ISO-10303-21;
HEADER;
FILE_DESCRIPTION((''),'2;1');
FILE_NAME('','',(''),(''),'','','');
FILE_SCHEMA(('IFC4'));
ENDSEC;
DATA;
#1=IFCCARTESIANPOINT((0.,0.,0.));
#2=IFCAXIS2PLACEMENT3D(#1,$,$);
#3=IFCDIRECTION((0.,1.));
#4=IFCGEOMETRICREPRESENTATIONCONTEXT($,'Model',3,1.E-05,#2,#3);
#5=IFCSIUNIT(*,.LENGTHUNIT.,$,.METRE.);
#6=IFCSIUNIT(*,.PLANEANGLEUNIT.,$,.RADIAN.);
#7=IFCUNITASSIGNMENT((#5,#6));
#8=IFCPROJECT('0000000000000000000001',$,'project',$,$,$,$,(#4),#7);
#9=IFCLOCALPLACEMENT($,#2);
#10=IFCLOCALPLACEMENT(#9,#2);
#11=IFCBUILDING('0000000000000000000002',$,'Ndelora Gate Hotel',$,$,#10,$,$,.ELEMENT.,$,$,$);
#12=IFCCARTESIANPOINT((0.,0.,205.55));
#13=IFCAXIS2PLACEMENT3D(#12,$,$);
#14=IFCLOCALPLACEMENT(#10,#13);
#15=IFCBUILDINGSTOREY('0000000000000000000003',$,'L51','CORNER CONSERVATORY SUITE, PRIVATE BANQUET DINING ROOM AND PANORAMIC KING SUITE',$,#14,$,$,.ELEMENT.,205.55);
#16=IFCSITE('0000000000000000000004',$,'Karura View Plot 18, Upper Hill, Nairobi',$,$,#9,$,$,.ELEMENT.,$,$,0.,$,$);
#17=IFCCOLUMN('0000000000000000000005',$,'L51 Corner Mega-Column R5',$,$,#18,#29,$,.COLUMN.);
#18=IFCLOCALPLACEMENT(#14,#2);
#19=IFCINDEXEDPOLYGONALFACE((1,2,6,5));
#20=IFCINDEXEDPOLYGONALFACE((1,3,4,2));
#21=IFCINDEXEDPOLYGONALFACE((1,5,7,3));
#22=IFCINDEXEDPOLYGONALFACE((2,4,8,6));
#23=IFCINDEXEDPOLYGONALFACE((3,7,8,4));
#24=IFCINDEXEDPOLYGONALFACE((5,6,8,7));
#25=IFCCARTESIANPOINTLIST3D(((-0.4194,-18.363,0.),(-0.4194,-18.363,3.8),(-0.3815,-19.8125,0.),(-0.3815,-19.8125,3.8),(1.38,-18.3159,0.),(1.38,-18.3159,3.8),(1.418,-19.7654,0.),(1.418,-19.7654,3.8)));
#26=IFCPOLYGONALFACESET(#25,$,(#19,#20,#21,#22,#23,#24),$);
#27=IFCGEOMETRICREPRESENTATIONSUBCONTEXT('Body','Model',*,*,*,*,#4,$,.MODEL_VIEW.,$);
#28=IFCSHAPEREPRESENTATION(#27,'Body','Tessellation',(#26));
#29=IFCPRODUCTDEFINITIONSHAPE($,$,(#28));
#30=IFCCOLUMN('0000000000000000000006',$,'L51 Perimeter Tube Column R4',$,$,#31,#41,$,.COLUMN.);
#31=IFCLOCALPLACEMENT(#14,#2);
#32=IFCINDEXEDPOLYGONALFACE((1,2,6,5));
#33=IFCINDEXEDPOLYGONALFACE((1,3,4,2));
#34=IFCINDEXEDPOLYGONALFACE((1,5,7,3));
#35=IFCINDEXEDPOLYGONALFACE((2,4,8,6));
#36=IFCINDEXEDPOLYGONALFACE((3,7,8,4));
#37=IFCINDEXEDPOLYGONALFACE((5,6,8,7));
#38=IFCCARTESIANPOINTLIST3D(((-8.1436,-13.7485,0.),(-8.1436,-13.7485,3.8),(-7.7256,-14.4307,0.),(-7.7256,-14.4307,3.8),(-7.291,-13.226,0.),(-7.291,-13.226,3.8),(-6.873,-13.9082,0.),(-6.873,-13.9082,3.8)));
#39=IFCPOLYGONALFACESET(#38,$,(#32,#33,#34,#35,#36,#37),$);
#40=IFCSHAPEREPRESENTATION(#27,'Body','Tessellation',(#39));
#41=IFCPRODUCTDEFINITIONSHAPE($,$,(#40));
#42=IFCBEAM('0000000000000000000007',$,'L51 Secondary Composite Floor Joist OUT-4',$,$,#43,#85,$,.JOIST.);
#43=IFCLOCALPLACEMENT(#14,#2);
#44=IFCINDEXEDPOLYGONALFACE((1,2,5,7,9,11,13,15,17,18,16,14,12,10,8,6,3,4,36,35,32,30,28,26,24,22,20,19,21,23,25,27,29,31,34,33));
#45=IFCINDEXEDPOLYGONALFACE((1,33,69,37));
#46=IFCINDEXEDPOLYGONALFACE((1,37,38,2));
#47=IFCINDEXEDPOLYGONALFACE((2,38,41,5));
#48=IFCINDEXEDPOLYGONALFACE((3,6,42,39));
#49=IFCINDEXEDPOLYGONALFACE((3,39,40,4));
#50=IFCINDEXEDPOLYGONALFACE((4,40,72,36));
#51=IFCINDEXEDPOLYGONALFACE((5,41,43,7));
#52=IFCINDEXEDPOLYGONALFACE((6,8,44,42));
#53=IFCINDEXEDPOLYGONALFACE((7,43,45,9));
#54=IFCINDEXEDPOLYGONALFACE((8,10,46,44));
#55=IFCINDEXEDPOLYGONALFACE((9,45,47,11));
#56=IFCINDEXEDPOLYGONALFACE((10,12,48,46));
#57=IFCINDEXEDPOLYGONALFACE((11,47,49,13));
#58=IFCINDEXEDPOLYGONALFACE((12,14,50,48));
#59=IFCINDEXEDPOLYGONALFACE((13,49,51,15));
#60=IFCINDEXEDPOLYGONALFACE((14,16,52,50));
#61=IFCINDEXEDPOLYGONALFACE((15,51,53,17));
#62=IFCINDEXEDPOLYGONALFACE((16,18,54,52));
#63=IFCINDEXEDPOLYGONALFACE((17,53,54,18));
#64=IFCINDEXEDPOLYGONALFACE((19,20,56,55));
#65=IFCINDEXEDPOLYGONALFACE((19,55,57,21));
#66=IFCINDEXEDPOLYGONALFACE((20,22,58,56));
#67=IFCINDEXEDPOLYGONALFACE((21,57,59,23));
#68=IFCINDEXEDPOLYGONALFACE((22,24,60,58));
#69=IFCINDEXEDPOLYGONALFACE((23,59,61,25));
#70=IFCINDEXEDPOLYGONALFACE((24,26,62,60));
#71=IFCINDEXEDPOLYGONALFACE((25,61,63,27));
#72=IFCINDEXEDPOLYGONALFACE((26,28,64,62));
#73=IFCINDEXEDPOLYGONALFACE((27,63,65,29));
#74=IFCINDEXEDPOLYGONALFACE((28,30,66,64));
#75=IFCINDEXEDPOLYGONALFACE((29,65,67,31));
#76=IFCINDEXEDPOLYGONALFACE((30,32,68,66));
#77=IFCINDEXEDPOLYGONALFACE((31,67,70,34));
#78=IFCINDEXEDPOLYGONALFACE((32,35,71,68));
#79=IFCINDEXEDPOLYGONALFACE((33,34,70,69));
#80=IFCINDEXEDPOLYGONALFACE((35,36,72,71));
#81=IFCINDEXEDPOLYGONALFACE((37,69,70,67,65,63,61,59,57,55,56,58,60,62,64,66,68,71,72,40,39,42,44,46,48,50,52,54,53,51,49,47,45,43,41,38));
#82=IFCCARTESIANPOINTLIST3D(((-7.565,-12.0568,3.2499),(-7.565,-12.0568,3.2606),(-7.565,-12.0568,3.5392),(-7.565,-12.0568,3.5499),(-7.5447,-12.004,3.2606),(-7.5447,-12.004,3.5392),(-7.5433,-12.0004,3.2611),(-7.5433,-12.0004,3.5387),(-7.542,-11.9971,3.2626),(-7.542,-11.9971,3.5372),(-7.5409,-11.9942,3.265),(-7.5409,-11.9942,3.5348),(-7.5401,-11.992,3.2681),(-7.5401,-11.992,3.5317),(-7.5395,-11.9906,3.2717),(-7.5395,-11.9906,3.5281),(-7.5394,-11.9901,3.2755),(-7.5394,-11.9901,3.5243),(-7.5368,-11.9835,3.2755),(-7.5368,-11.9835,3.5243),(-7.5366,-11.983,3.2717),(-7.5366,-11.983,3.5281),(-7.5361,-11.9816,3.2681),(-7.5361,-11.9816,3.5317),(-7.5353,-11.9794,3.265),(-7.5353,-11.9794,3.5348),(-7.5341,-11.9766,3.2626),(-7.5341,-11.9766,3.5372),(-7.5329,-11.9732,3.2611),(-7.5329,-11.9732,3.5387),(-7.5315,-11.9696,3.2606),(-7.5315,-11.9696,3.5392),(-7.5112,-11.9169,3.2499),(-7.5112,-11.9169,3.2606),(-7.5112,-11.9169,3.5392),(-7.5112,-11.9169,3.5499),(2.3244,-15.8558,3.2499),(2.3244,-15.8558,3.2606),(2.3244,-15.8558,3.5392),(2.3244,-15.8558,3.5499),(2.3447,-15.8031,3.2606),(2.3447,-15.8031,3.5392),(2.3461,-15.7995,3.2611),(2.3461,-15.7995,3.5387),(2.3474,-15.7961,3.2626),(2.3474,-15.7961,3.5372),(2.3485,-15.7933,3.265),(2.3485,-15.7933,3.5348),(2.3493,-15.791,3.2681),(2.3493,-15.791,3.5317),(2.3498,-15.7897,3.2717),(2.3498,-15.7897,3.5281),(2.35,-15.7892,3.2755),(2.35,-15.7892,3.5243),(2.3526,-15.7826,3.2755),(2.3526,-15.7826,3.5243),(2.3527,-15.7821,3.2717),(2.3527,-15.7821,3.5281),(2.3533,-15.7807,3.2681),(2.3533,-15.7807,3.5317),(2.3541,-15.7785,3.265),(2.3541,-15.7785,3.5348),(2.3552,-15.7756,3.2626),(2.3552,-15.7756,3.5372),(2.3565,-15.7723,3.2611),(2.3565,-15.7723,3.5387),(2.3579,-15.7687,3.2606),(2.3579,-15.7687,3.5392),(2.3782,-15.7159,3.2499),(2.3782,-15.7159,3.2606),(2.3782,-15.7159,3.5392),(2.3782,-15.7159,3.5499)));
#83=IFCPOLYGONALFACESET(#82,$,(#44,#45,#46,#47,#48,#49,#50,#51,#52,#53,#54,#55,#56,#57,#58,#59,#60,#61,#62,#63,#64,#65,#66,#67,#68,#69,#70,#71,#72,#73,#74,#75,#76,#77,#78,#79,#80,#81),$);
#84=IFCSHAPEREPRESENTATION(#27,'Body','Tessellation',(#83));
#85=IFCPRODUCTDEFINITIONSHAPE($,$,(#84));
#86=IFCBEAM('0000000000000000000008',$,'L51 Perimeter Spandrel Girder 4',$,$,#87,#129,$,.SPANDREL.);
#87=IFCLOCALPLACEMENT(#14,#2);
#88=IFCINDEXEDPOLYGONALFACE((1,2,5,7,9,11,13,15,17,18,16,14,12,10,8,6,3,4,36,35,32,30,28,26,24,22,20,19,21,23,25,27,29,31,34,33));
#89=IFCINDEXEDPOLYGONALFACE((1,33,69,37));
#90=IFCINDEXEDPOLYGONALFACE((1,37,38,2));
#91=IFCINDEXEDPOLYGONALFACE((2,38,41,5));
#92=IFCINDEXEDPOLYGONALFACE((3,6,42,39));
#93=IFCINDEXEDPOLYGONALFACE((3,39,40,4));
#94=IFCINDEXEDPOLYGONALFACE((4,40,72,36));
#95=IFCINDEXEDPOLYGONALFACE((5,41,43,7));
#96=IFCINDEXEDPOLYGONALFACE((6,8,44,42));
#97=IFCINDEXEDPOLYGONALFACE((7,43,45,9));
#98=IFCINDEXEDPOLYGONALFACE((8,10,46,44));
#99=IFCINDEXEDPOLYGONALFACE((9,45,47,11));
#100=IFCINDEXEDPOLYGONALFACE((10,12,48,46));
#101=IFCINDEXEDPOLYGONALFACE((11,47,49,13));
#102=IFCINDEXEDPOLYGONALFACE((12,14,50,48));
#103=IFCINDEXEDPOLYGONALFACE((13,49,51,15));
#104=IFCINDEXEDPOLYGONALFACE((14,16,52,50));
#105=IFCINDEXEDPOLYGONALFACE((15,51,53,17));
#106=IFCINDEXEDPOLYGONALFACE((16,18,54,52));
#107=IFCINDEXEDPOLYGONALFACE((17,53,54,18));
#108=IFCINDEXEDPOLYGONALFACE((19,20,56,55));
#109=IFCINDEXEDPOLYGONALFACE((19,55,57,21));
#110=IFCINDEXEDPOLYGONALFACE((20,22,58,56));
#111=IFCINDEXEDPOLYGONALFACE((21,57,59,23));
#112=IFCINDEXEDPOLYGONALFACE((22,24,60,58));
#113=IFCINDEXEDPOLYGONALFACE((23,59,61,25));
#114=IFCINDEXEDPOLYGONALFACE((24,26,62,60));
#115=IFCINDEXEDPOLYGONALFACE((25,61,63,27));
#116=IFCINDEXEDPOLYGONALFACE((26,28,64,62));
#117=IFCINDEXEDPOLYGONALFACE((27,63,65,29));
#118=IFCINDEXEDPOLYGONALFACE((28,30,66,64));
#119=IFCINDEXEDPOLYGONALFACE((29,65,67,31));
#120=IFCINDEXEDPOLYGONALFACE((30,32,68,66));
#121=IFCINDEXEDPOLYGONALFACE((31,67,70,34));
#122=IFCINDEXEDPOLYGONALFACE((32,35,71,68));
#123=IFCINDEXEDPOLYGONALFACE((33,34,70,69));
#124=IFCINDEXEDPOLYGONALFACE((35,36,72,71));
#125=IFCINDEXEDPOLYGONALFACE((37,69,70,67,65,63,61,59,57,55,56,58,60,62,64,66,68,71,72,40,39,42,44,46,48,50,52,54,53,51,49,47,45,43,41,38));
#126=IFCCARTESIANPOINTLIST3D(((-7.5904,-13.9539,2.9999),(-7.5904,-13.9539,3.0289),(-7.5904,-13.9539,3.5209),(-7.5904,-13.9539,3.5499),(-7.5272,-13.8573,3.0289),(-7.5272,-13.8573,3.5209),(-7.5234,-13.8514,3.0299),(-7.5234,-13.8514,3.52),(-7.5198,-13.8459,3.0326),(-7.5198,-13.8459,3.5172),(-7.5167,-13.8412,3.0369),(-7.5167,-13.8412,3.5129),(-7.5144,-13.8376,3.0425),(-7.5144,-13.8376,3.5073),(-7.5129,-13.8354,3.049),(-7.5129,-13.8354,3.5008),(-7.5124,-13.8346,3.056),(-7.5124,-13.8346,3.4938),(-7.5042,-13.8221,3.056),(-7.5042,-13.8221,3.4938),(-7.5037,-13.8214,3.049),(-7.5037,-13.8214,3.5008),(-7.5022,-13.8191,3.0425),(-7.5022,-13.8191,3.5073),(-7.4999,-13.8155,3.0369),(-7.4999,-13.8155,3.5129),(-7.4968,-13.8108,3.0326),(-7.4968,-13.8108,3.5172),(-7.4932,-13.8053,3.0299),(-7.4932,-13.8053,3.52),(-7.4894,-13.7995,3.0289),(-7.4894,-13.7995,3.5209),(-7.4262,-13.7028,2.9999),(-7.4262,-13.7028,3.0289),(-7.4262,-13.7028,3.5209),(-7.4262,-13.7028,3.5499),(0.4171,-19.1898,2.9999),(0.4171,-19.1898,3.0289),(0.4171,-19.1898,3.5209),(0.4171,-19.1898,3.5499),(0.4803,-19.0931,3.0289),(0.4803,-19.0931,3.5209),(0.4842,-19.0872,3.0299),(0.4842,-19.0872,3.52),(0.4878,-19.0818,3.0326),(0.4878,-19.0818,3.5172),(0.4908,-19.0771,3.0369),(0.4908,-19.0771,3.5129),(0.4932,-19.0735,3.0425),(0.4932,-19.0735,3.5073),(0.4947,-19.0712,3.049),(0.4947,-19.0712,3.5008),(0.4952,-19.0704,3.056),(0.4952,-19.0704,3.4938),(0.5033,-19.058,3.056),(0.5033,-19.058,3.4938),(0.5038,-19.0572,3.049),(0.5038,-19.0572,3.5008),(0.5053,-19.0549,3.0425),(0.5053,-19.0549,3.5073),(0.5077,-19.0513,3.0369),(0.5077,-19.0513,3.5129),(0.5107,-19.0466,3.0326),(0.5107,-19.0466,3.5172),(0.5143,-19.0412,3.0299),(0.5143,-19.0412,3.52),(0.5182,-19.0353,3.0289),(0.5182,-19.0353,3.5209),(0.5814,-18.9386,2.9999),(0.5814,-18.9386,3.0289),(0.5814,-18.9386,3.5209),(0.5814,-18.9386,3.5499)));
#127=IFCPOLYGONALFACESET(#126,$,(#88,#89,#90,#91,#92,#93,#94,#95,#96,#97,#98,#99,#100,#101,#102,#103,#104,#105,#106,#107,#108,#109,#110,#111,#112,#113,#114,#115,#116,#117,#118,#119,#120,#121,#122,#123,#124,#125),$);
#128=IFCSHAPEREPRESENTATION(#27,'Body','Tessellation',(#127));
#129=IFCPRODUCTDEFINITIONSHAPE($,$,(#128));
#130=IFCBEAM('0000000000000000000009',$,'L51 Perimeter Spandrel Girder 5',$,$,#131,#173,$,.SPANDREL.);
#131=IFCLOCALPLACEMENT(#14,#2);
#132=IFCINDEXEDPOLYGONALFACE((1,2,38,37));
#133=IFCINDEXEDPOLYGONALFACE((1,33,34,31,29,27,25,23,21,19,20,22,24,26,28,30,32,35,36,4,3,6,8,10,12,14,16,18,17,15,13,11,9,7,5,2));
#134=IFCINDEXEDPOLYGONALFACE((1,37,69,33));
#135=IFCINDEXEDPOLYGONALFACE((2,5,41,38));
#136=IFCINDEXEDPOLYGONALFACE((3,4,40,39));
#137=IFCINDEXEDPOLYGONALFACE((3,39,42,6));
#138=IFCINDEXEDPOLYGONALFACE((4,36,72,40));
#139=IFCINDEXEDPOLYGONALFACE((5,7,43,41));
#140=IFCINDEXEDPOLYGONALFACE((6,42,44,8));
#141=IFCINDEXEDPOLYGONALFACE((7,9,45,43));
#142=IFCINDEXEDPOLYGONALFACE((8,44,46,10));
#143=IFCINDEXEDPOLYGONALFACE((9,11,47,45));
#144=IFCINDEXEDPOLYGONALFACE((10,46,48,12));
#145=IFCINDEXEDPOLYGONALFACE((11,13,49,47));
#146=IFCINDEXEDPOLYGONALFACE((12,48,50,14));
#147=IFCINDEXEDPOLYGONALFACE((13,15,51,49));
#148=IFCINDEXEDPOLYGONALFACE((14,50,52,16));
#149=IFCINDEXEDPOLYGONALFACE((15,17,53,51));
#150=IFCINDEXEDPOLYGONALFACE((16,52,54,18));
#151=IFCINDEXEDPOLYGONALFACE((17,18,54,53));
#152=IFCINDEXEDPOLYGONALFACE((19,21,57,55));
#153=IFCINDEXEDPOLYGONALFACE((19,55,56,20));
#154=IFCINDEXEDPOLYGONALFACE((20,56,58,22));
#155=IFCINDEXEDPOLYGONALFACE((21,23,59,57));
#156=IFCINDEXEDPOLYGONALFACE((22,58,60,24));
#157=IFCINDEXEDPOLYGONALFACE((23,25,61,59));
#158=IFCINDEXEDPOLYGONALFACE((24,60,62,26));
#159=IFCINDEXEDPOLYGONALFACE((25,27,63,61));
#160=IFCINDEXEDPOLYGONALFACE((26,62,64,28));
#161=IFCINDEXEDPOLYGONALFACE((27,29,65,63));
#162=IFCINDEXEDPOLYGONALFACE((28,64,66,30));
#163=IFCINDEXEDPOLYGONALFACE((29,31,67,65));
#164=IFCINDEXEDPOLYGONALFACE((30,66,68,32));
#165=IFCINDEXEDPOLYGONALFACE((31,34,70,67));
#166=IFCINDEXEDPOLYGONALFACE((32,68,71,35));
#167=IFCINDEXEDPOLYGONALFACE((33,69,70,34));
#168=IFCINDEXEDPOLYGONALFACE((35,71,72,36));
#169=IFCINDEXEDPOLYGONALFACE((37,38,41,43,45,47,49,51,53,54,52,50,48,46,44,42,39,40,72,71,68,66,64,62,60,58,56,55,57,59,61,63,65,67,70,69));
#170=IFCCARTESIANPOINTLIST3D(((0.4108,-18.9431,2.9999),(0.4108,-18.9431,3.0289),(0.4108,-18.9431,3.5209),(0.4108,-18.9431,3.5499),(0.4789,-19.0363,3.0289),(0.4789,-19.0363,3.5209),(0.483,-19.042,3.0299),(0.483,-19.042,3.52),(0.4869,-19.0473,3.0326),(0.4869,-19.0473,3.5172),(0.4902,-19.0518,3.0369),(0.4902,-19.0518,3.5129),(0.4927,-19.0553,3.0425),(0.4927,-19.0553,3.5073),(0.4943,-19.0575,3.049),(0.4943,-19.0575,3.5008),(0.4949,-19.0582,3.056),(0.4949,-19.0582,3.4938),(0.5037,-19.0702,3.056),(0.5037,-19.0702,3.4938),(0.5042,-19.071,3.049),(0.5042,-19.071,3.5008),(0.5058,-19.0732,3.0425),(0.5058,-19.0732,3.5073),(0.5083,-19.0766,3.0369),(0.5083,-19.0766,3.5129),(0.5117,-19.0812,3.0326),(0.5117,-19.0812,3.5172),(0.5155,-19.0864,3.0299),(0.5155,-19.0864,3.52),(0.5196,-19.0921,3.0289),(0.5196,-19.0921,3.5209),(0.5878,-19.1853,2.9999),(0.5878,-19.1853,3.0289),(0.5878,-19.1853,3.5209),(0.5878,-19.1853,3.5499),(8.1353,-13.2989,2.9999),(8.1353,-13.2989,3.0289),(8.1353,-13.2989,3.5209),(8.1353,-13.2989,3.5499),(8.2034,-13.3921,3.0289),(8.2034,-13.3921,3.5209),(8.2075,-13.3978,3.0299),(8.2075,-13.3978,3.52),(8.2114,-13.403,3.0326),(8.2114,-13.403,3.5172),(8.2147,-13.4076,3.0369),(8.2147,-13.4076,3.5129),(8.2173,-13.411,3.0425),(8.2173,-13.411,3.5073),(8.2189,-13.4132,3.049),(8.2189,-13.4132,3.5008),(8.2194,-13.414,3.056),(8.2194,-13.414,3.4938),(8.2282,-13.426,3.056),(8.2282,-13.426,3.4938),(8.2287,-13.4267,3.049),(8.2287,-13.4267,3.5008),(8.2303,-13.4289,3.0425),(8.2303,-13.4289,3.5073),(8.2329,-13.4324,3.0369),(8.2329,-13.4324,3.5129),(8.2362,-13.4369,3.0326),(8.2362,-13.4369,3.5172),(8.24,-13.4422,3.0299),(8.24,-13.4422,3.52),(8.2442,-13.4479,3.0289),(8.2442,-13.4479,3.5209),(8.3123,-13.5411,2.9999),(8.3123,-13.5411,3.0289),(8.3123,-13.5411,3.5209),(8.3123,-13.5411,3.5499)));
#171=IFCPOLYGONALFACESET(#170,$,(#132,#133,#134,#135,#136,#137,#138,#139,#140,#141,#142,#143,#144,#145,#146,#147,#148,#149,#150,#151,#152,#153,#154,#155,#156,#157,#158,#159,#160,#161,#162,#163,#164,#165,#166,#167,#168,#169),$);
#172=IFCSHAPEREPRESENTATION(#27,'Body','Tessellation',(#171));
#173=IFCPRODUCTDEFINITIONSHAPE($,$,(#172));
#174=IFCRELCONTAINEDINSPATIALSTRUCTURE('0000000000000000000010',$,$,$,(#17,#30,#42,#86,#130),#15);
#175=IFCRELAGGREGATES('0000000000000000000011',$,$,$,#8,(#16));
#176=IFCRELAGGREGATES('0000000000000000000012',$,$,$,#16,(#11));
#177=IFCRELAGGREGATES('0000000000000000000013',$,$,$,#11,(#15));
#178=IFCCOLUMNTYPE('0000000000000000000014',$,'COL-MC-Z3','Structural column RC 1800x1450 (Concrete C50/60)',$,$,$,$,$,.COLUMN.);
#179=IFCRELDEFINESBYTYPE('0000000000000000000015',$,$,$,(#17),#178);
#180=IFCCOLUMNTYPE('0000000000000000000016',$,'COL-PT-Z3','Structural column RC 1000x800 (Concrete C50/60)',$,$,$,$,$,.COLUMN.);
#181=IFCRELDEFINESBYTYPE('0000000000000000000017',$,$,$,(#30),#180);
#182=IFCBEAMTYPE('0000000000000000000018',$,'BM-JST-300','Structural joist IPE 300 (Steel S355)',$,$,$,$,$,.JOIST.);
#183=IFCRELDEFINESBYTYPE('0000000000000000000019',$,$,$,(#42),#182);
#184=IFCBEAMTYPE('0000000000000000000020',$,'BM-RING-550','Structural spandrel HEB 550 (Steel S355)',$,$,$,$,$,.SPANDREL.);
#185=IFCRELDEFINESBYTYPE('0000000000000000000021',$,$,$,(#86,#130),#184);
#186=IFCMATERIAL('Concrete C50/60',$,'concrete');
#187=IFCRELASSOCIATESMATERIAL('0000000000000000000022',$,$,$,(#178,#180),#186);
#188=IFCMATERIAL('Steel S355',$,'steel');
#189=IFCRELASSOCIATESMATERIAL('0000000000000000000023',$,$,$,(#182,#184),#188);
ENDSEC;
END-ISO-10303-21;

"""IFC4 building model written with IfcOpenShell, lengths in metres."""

from ifc_helpers import new_model, si_unit, direction, frame, origin, origin_2d, place, context, subcontext, project, spatial, rectangle, i_section, extrude, material, material_profile, profile_set, type_object, element, save


model = new_model("IFC4")

# Units and contexts
model_context = context("Model", 3, precision=1e-05, world=origin(), true_north=direction((0.0, 1.0)))
body_context = subcontext(model_context, "Body", "Model", "MODEL_VIEW")
ifc_project = project(units=[si_unit("LENGTHUNIT", "METRE"), si_unit("PLANEANGLEUNIT", "RADIAN")], contexts=[model_context])

# Site, building, storey
site_placement = place(None, origin())
site = spatial("IfcSite", under=ifc_project, at=site_placement, Name="Karura View Plot 18, Upper Hill, Nairobi", CompositionType="ELEMENT", RefElevation=0.0)
building_placement = place(site_placement, origin())
building = spatial("IfcBuilding", under=site, at=building_placement, Name="Ndelora Gate Hotel", CompositionType="ELEMENT")
storey_placement = place(building_placement, frame((0.0, 0.0, 205.55)))
storey = spatial("IfcBuildingStorey", under=building, at=storey_placement, Name="L51", Description="CORNER CONSERVATORY SUITE, PRIVATE BANQUET DINING ROOM AND PANORAMIC KING SUITE", CompositionType="ELEMENT", Elevation=205.55)

# Columns
ifc_material_1 = material(Name="Concrete C50/60", Category="concrete")
ifc_material_profile_1 = material_profile(ifc_material_1, rectangle(XDim=1.45, YDim=1.8, at=origin_2d()), Name="RC 1800x1450")
ifc_profile_set_1 = profile_set([ifc_material_profile_1], Name="Concrete C50/60")
column_type_1 = type_object("IfcColumnType", Name="COL-MC-Z3", Description="Structural column RC 1800x1450 (Concrete C50/60)", PredefinedType="COLUMN", material=ifc_profile_set_1)
column_1_placement = place(storey_placement, frame((0.4993, -19.0642, 0.0), z_axis=(0.0, 0.0, 1.0), x_axis=(-0.026177, 0.999657, 0.0)))
element("IfcColumn", 1, at=column_1_placement, inside=storey, type_object=column_type_1, Name="L51 Corner Mega-Column R5", PredefinedType="COLUMN", context=body_context, shape_type="SweptSolid", body=[
    extrude(rectangle(XDim=1.45, YDim=1.8, at=origin_2d()), origin(), (0.0, 0.0, 1.0), 3.8),
])
ifc_material_profile_2 = material_profile(ifc_material_1, rectangle(XDim=0.8, YDim=1.0, at=origin_2d()), Name="RC 1000x800")
ifc_profile_set_2 = profile_set([ifc_material_profile_2], Name="Concrete C50/60")
column_type_2 = type_object("IfcColumnType", Name="COL-PT-Z3", Description="Structural column RC 1000x800 (Concrete C50/60)", PredefinedType="COLUMN", material=ifc_profile_set_2)
column_2_placement = place(storey_placement, frame((-7.5083, -13.8284, 0.0), z_axis=(0.0, 0.0, 1.0), x_axis=(-0.522499, 0.85264, 0.0)))
element("IfcColumn", 2, at=column_2_placement, inside=storey, type_object=column_type_2, Name="L51 Perimeter Tube Column R4", PredefinedType="COLUMN", context=body_context, shape_type="SweptSolid", body=[
    extrude(rectangle(XDim=0.8, YDim=1.0, at=origin_2d()), origin(), (0.0, 0.0, 1.0), 3.8),
])

# Beams
ifc_material_2 = material(Name="Steel S355", Category="steel")
ifc_material_profile_3 = material_profile(ifc_material_2, i_section(OverallWidth=0.1499, OverallDepth=0.3, WebThickness=0.0071, FlangeThickness=0.0107, FilletRadius=0.0149, at=origin_2d()), Name="IPE 300")
ifc_profile_set_3 = profile_set([ifc_material_profile_3], Name="Steel S355")
beam_type_1 = type_object("IfcBeamType", Name="BM-JST-300", Description="Structural joist IPE 300 (Steel S355)", PredefinedType="JOIST", material=ifc_profile_set_3)
beam_1_placement = place(storey_placement, frame((-7.5381, -11.9868, 3.3999), z_axis=(0.933489, -0.358605, 0.0), x_axis=(0.358605, 0.933489, 0.0)))
element("IfcBeam", 3, at=beam_1_placement, inside=storey, type_object=beam_type_1, Name="L51 Secondary Composite Floor Joist OUT-4", PredefinedType="JOIST", context=body_context, shape_type="SweptSolid", body=[
    extrude(i_section(OverallWidth=0.1499, OverallDepth=0.3, WebThickness=0.0071, FlangeThickness=0.0107, FilletRadius=0.0149, at=origin_2d()), origin(), (0.0, 0.0, 1.0), 10.594),
])
ifc_material_profile_4 = material_profile(ifc_material_2, i_section(OverallWidth=0.3, OverallDepth=0.55, WebThickness=0.0149, FlangeThickness=0.0291, FilletRadius=0.0271, at=origin_2d()), Name="HEB 550")
ifc_profile_set_4 = profile_set([ifc_material_profile_4], Name="Steel S355")
beam_type_2 = type_object("IfcBeamType", Name="BM-RING-550", Description="Structural spandrel HEB 550 (Steel S355)", PredefinedType="SPANDREL", material=ifc_profile_set_4)
beam_2_placement = place(storey_placement, frame((-7.5083, -13.8284, 3.2749), z_axis=(0.836964, -0.547258, 0.0), x_axis=(0.547258, 0.836964, 0.0)))
element("IfcBeam", 4, at=beam_2_placement, inside=storey, type_object=beam_type_2, Name="L51 Perimeter Spandrel Girder 4", PredefinedType="SPANDREL", context=body_context, shape_type="SweptSolid", body=[
    extrude(i_section(OverallWidth=0.3, OverallDepth=0.55, WebThickness=0.0149, FlangeThickness=0.0291, FilletRadius=0.0271, at=origin_2d()), origin(), (0.0, 0.0, 1.0), 9.5674),
])
beam_3_placement = place(storey_placement, frame((0.4993, -19.0642, 3.2749), z_axis=(0.807422, 0.589974, 0.0), x_axis=(-0.589974, 0.807422, 0.0)))
element("IfcBeam", 5, at=beam_3_placement, inside=storey, type_object=beam_type_2, Name="L51 Perimeter Spandrel Girder 5", PredefinedType="SPANDREL", context=body_context, shape_type="SweptSolid", body=[
    extrude(i_section(OverallWidth=0.3, OverallDepth=0.55, WebThickness=0.0149, FlangeThickness=0.0291, FilletRadius=0.0271, at=origin_2d()), origin(), (0.0, 0.0, 1.0), 9.5669),
])

save(model, "model.ifc")
